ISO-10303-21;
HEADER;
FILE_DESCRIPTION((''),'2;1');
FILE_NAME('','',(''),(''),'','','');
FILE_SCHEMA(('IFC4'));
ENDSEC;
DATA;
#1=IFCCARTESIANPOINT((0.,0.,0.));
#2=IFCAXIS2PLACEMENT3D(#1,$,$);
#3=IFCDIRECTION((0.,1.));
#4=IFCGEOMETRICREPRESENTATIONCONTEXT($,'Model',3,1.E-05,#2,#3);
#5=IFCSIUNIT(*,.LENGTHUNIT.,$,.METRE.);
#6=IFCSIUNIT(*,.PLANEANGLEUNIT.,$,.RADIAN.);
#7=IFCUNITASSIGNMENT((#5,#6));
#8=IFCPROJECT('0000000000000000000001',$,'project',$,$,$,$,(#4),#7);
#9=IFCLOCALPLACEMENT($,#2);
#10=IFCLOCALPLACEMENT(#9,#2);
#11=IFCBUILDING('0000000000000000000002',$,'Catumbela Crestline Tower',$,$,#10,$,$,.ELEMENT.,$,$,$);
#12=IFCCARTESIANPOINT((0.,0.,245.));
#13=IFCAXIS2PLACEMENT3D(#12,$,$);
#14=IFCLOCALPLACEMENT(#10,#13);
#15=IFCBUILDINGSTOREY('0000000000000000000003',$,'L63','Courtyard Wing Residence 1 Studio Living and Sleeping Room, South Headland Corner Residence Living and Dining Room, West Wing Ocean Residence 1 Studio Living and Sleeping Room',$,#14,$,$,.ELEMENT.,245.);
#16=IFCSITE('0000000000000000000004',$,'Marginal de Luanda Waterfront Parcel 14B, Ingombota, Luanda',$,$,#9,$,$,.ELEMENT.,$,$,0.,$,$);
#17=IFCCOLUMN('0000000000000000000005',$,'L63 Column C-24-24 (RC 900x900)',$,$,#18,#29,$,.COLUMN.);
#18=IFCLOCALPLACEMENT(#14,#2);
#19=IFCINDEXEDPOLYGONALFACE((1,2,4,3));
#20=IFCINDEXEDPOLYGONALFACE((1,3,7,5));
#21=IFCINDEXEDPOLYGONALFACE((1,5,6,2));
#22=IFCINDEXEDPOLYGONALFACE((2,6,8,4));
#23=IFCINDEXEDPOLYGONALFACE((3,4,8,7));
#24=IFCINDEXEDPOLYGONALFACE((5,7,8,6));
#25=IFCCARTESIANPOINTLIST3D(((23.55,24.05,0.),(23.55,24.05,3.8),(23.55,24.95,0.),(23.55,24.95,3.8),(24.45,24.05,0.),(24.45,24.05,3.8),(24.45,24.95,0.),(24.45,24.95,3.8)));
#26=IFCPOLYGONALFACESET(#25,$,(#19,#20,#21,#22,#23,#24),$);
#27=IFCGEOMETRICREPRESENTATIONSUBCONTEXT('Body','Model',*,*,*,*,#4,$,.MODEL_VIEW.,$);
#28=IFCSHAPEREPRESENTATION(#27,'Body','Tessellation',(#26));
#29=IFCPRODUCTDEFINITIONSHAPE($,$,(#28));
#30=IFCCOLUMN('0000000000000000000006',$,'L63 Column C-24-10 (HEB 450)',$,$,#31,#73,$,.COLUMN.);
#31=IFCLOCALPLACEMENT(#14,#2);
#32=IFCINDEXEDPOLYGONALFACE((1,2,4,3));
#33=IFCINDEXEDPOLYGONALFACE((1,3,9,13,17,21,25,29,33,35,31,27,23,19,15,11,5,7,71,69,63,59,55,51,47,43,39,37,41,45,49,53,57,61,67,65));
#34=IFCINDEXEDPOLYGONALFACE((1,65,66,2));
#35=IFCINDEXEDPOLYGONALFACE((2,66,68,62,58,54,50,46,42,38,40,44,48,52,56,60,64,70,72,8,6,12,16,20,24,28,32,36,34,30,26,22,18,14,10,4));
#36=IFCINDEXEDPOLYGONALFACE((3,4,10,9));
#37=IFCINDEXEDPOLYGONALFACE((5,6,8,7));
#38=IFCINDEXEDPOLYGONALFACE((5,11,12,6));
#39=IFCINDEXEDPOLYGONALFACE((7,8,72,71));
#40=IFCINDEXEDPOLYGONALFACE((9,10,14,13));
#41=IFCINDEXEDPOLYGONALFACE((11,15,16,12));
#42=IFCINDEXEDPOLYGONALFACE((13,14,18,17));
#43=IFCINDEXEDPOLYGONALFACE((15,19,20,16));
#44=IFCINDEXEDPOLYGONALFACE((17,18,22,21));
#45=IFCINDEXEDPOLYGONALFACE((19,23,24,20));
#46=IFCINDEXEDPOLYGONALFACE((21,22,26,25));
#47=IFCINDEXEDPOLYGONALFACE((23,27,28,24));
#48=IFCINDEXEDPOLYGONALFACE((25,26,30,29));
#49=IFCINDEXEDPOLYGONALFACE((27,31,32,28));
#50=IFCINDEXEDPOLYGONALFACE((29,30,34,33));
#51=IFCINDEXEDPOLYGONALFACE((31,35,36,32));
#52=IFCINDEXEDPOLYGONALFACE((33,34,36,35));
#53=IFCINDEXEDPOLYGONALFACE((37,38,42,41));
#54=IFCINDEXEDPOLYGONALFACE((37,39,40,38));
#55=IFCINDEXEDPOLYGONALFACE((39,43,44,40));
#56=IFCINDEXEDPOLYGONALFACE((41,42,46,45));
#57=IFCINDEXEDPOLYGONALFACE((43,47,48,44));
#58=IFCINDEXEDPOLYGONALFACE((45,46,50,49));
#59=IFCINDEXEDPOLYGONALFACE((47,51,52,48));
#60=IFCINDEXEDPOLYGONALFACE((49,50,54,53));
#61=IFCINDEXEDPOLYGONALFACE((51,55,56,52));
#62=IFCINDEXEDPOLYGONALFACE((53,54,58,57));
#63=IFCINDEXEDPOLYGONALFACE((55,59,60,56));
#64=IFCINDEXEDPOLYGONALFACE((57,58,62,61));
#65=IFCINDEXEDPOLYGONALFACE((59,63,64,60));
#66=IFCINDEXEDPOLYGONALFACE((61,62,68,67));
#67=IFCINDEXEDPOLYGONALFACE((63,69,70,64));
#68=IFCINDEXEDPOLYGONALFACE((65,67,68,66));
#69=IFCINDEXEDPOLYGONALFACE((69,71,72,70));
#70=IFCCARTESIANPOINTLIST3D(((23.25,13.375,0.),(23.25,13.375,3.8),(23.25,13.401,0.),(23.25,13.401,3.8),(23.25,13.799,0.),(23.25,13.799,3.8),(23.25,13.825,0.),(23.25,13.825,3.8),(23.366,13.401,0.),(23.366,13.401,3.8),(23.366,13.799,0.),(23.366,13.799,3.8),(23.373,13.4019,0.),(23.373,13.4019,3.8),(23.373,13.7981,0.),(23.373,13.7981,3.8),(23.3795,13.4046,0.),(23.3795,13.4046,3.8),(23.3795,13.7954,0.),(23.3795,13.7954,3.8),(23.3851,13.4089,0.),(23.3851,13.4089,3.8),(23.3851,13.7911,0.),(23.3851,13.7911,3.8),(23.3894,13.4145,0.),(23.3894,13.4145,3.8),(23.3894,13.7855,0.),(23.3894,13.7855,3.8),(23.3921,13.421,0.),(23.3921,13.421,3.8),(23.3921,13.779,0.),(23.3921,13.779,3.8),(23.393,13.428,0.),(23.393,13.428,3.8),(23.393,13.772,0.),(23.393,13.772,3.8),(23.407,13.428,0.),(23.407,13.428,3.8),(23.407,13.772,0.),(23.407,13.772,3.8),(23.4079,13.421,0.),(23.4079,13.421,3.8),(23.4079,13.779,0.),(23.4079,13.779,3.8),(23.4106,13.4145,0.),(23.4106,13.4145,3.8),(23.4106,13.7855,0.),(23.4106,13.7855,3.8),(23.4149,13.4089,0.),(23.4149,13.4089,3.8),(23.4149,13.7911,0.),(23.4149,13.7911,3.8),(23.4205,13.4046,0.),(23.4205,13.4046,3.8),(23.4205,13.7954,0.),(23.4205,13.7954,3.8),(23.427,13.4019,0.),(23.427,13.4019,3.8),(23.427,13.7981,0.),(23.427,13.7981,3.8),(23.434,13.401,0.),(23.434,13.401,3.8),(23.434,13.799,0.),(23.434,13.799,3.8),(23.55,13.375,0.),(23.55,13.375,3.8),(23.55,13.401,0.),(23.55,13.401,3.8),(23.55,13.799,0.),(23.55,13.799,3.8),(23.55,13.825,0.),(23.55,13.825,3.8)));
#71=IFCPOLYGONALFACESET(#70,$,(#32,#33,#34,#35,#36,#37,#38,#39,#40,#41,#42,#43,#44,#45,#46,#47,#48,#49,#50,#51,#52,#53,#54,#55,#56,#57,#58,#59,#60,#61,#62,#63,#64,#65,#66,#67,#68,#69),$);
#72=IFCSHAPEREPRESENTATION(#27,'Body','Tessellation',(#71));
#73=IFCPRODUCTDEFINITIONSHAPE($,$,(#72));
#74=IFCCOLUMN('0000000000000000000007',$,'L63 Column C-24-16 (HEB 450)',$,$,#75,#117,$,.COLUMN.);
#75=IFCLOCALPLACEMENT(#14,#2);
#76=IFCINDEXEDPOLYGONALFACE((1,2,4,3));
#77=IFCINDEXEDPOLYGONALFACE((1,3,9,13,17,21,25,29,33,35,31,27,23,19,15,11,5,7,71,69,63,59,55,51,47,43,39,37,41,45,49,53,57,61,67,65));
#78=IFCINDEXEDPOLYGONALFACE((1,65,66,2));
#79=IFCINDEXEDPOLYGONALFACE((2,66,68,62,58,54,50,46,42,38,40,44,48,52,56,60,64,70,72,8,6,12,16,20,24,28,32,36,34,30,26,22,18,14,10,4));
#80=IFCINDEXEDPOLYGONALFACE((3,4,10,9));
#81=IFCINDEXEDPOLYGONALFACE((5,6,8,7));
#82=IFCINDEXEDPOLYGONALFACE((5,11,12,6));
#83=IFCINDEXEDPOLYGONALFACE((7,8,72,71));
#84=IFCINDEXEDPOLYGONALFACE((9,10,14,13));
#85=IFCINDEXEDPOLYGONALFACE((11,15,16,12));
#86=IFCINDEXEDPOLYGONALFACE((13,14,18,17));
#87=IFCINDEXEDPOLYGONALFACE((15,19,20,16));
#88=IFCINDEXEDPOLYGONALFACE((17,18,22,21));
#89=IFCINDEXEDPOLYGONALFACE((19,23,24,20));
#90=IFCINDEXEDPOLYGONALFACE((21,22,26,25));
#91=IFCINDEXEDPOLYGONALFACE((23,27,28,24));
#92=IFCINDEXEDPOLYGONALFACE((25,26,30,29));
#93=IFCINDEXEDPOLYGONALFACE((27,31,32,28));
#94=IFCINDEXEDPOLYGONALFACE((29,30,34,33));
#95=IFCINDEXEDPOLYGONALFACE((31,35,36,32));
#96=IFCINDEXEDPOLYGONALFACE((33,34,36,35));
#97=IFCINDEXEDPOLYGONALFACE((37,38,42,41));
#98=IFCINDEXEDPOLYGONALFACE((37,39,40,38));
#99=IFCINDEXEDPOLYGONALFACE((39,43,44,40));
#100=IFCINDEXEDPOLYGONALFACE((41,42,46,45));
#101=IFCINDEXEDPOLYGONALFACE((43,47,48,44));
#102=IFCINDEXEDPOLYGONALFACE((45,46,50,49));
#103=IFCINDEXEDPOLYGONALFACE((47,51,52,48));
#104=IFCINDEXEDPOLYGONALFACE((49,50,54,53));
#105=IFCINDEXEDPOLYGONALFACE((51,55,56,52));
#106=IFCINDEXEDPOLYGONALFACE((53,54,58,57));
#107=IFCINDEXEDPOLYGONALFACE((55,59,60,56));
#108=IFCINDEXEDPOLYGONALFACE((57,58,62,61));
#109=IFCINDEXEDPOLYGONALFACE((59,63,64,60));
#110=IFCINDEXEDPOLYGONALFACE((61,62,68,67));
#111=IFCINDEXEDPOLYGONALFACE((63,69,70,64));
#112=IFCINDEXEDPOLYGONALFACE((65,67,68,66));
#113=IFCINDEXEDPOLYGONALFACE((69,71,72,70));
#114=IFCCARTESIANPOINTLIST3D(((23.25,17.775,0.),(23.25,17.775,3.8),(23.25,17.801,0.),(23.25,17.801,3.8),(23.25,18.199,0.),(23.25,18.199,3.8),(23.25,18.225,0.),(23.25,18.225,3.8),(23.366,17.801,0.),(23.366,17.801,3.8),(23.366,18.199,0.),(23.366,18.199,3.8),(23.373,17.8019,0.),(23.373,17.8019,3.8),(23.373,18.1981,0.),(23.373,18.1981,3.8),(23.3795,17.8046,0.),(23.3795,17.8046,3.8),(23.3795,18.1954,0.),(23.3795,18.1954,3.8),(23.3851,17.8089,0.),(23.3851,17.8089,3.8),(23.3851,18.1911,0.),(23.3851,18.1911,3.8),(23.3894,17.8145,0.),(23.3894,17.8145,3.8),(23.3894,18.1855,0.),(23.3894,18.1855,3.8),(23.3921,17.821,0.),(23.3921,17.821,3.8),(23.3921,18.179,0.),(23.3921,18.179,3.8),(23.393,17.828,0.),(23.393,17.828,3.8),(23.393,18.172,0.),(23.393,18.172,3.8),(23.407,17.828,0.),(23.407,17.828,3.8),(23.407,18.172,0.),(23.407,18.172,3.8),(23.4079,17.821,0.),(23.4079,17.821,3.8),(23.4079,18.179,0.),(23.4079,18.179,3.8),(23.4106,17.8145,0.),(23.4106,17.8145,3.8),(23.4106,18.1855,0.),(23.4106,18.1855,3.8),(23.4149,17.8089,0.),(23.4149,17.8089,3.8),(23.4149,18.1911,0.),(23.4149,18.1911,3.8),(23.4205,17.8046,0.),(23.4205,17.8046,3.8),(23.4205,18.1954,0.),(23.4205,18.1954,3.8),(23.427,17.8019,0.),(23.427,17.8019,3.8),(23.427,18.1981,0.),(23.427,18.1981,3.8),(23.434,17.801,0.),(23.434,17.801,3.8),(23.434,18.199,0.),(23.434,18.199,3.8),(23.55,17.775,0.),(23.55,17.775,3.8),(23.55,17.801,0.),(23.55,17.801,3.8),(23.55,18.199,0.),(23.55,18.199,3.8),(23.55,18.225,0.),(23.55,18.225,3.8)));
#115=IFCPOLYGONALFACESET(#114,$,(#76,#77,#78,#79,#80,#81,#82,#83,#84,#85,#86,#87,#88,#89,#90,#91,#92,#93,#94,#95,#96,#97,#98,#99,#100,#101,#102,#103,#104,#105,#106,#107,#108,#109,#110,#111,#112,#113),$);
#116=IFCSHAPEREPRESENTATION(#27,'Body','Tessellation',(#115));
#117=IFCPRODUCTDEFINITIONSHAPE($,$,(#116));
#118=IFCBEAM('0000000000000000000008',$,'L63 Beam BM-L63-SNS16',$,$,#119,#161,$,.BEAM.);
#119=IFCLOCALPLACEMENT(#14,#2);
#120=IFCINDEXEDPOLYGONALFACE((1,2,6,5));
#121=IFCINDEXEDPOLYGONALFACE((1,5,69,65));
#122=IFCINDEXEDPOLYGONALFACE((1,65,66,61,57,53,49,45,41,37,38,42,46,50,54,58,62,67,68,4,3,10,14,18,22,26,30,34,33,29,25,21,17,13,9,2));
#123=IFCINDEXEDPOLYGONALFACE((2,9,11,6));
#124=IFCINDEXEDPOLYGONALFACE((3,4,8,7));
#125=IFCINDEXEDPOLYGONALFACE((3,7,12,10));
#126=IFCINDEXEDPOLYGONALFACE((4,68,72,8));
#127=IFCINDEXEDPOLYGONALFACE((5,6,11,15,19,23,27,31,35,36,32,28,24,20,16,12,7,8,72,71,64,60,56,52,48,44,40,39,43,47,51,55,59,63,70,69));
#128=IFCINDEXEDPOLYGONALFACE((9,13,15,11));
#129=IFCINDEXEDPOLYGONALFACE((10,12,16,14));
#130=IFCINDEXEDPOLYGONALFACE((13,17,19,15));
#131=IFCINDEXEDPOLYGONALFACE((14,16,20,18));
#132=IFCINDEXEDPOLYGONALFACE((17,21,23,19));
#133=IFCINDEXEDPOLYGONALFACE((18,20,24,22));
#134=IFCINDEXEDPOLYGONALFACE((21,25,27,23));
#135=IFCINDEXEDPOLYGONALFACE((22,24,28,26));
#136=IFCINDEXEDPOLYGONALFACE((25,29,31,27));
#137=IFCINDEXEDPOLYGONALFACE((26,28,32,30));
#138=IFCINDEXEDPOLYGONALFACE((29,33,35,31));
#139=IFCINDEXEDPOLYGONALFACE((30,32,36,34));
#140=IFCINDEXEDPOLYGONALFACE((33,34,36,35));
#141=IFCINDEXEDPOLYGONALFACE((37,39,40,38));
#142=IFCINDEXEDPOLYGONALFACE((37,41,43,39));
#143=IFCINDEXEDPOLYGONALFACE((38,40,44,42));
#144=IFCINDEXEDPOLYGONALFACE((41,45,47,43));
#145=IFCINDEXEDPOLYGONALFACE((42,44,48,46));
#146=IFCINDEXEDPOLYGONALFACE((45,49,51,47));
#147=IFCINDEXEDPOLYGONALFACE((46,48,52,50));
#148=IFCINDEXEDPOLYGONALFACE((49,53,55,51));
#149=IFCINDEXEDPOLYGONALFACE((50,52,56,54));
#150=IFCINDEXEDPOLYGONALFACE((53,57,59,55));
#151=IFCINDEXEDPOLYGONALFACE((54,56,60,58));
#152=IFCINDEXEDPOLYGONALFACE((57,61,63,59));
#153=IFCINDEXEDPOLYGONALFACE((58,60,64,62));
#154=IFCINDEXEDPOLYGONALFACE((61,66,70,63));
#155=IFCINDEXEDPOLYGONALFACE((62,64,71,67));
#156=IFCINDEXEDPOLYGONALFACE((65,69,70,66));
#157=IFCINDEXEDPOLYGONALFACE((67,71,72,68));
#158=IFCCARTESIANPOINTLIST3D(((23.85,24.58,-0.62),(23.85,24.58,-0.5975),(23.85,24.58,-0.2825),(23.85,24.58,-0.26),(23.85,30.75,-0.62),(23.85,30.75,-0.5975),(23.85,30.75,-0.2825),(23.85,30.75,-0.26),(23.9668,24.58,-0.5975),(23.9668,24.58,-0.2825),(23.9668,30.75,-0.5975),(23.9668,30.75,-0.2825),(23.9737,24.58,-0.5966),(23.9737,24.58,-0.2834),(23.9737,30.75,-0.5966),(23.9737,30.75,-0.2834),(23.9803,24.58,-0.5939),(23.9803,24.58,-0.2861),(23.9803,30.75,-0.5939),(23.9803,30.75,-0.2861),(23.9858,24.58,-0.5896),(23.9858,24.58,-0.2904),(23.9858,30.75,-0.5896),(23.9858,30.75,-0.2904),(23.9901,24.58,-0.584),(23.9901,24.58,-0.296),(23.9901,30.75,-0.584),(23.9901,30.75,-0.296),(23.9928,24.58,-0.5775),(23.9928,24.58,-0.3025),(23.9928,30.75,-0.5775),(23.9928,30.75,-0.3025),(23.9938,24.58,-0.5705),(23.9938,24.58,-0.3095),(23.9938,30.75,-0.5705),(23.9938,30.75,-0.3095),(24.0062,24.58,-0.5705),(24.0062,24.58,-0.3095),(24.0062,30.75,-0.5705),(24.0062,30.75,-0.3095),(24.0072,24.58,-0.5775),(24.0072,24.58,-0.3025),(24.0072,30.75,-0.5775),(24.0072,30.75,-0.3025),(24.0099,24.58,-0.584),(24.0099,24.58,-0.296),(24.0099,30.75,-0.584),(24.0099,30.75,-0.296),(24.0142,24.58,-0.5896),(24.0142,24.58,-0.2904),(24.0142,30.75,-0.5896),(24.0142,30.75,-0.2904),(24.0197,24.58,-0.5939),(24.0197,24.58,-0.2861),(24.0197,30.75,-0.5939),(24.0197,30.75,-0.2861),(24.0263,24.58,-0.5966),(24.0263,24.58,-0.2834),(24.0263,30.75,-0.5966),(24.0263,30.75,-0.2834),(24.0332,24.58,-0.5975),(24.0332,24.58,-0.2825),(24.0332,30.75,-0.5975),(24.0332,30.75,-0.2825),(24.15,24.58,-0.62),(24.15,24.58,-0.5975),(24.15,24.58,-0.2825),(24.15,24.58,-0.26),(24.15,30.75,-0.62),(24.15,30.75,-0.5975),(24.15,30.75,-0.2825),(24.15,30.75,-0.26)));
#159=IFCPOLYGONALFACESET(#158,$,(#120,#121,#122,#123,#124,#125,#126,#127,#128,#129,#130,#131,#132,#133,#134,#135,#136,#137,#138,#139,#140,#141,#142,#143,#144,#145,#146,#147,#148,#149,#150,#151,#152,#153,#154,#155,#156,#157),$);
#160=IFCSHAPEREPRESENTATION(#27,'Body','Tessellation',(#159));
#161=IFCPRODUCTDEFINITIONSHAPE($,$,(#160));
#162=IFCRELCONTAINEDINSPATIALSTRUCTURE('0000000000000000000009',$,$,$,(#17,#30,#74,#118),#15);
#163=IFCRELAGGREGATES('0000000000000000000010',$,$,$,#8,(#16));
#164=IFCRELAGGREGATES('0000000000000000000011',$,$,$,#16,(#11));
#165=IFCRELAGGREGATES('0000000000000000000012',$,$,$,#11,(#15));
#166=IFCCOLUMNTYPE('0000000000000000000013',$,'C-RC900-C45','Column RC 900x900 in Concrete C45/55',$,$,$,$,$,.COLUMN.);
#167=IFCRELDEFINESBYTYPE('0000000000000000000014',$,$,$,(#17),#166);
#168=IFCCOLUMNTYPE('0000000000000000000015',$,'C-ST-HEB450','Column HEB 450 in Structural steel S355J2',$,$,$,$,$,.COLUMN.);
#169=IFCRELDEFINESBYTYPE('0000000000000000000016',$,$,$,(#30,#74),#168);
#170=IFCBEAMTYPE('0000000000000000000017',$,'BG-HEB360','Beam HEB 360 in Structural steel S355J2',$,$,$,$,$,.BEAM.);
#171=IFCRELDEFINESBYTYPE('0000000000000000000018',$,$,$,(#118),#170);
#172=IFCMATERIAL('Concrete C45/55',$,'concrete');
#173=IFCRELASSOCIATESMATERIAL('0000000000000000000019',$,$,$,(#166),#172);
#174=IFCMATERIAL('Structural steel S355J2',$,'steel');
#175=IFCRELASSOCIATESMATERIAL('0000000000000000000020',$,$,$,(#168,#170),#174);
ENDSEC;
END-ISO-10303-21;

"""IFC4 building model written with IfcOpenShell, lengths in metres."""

from ifc_helpers import new_model, si_unit, direction, frame, origin, origin_2d, place, context, subcontext, project, spatial, rectangle, i_section, extrude, material, material_profile, profile_set, type_object, element, save


model = new_model("IFC4")

# Units and contexts
model_context = context("Model", 3, precision=1e-05, world=origin(), true_north=direction((0.0, 1.0)))
body_context = subcontext(model_context, "Body", "Model", "MODEL_VIEW")
ifc_project = project(units=[si_unit("LENGTHUNIT", "METRE"), si_unit("PLANEANGLEUNIT", "RADIAN")], contexts=[model_context])

# Site, building, storey
site_placement = place(None, origin())
site = spatial("IfcSite", under=ifc_project, at=site_placement, Name="Marginal de Luanda Waterfront Parcel 14B, Ingombota, Luanda", CompositionType="ELEMENT", RefElevation=0.0)
building_placement = place(site_placement, origin())
building = spatial("IfcBuilding", under=site, at=building_placement, Name="Catumbela Crestline Tower", CompositionType="ELEMENT")
storey_placement = place(building_placement, frame((0.0, 0.0, 245.0)))
storey = spatial("IfcBuildingStorey", under=building, at=storey_placement, Name="L63", Description="Courtyard Wing Residence 1 Studio Living and Sleeping Room, South Headland Corner Residence Living and Dining Room, West Wing Ocean Residence 1 Studio Living and Sleeping Room", CompositionType="ELEMENT", Elevation=245.0)

# Columns
ifc_material_1 = material(Name="Concrete C45/55", Category="concrete")
ifc_material_profile_1 = material_profile(ifc_material_1, rectangle(XDim=0.9, YDim=0.9, at=origin_2d()), Name="RC 900x900")
ifc_profile_set_1 = profile_set([ifc_material_profile_1], Name="Concrete C45/55")
column_type_1 = type_object("IfcColumnType", Name="C-RC900-C45", Description="Column RC 900x900 in Concrete C45/55", PredefinedType="COLUMN", material=ifc_profile_set_1)
column_placement = place(storey_placement, frame((24.0, 24.5, 0.0), z_axis=(0.0, 0.0, 1.0), x_axis=(1.0, 0.0, 0.0)))
element("IfcColumn", 1, at=column_placement, inside=storey, type_object=column_type_1, Name="L63 Column C-24-24 (RC 900x900)", PredefinedType="COLUMN", context=body_context, shape_type="SweptSolid", body=[
    extrude(rectangle(XDim=0.9, YDim=0.9, at=origin_2d()), origin(), (0.0, 0.0, 1.0), 3.8),
])
ifc_material_2 = material(Name="Structural steel S355J2", Category="steel")
ifc_material_profile_2 = material_profile(ifc_material_2, i_section(OverallWidth=0.3, OverallDepth=0.45, WebThickness=0.014, FlangeThickness=0.026, FilletRadius=0.027, at=origin_2d()), Name="HEB 450")
ifc_profile_set_2 = profile_set([ifc_material_profile_2], Name="Structural steel S355J2")
column_type_2 = type_object("IfcColumnType", Name="C-ST-HEB450", Description="Column HEB 450 in Structural steel S355J2", PredefinedType="COLUMN", material=ifc_profile_set_2)
for number, where, z_axis, x_axis, name in (
    (2, (23.4, 13.6, 0.0), (0.0, 0.0, 1.0), (1.0, 0.0, 0.0), "L63 Column C-24-10 (HEB 450)"),
    (3, (23.4, 18.0, 0.0), (0.0, 0.0, 1.0), (1.0, 0.0, 0.0), "L63 Column C-24-16 (HEB 450)"),
):
    element("IfcColumn", number, at=place(storey_placement, frame(where, z_axis=z_axis, x_axis=x_axis)), inside=storey, type_object=column_type_2, Name=name, PredefinedType="COLUMN", context=body_context, shape_type="SweptSolid", body=[
        extrude(i_section(OverallWidth=0.3, OverallDepth=0.45, WebThickness=0.014, FlangeThickness=0.026, FilletRadius=0.027, at=origin_2d()), origin(), (0.0, 0.0, 1.0), 3.8),
    ])

# Beam
ifc_material_profile_3 = material_profile(ifc_material_2, i_section(OverallWidth=0.3, OverallDepth=0.36, WebThickness=0.0125, FlangeThickness=0.0225, FilletRadius=0.027, at=origin_2d()), Name="HEB 360")
ifc_profile_set_3 = profile_set([ifc_material_profile_3], Name="Structural steel S355J2")
beam_type_1 = type_object("IfcBeamType", Name="BG-HEB360", Description="Beam HEB 360 in Structural steel S355J2", PredefinedType="BEAM", material=ifc_profile_set_3)
beam_1_placement = place(storey_placement, frame((24.0, 24.58, -0.44), z_axis=(0.0, 1.0, 0.0), x_axis=(-1.0, 0.0, 0.0)))
element("IfcBeam", 4, at=beam_1_placement, inside=storey, type_object=beam_type_1, Name="L63 Beam BM-L63-SNS16", PredefinedType="BEAM", context=body_context, shape_type="SweptSolid", body=[
    extrude(i_section(OverallWidth=0.3, OverallDepth=0.36, WebThickness=0.0125, FlangeThickness=0.0225, FilletRadius=0.027, at=origin_2d()), origin(), (0.0, 0.0, 1.0), 6.17),
])

save(model, "model.ifc")
